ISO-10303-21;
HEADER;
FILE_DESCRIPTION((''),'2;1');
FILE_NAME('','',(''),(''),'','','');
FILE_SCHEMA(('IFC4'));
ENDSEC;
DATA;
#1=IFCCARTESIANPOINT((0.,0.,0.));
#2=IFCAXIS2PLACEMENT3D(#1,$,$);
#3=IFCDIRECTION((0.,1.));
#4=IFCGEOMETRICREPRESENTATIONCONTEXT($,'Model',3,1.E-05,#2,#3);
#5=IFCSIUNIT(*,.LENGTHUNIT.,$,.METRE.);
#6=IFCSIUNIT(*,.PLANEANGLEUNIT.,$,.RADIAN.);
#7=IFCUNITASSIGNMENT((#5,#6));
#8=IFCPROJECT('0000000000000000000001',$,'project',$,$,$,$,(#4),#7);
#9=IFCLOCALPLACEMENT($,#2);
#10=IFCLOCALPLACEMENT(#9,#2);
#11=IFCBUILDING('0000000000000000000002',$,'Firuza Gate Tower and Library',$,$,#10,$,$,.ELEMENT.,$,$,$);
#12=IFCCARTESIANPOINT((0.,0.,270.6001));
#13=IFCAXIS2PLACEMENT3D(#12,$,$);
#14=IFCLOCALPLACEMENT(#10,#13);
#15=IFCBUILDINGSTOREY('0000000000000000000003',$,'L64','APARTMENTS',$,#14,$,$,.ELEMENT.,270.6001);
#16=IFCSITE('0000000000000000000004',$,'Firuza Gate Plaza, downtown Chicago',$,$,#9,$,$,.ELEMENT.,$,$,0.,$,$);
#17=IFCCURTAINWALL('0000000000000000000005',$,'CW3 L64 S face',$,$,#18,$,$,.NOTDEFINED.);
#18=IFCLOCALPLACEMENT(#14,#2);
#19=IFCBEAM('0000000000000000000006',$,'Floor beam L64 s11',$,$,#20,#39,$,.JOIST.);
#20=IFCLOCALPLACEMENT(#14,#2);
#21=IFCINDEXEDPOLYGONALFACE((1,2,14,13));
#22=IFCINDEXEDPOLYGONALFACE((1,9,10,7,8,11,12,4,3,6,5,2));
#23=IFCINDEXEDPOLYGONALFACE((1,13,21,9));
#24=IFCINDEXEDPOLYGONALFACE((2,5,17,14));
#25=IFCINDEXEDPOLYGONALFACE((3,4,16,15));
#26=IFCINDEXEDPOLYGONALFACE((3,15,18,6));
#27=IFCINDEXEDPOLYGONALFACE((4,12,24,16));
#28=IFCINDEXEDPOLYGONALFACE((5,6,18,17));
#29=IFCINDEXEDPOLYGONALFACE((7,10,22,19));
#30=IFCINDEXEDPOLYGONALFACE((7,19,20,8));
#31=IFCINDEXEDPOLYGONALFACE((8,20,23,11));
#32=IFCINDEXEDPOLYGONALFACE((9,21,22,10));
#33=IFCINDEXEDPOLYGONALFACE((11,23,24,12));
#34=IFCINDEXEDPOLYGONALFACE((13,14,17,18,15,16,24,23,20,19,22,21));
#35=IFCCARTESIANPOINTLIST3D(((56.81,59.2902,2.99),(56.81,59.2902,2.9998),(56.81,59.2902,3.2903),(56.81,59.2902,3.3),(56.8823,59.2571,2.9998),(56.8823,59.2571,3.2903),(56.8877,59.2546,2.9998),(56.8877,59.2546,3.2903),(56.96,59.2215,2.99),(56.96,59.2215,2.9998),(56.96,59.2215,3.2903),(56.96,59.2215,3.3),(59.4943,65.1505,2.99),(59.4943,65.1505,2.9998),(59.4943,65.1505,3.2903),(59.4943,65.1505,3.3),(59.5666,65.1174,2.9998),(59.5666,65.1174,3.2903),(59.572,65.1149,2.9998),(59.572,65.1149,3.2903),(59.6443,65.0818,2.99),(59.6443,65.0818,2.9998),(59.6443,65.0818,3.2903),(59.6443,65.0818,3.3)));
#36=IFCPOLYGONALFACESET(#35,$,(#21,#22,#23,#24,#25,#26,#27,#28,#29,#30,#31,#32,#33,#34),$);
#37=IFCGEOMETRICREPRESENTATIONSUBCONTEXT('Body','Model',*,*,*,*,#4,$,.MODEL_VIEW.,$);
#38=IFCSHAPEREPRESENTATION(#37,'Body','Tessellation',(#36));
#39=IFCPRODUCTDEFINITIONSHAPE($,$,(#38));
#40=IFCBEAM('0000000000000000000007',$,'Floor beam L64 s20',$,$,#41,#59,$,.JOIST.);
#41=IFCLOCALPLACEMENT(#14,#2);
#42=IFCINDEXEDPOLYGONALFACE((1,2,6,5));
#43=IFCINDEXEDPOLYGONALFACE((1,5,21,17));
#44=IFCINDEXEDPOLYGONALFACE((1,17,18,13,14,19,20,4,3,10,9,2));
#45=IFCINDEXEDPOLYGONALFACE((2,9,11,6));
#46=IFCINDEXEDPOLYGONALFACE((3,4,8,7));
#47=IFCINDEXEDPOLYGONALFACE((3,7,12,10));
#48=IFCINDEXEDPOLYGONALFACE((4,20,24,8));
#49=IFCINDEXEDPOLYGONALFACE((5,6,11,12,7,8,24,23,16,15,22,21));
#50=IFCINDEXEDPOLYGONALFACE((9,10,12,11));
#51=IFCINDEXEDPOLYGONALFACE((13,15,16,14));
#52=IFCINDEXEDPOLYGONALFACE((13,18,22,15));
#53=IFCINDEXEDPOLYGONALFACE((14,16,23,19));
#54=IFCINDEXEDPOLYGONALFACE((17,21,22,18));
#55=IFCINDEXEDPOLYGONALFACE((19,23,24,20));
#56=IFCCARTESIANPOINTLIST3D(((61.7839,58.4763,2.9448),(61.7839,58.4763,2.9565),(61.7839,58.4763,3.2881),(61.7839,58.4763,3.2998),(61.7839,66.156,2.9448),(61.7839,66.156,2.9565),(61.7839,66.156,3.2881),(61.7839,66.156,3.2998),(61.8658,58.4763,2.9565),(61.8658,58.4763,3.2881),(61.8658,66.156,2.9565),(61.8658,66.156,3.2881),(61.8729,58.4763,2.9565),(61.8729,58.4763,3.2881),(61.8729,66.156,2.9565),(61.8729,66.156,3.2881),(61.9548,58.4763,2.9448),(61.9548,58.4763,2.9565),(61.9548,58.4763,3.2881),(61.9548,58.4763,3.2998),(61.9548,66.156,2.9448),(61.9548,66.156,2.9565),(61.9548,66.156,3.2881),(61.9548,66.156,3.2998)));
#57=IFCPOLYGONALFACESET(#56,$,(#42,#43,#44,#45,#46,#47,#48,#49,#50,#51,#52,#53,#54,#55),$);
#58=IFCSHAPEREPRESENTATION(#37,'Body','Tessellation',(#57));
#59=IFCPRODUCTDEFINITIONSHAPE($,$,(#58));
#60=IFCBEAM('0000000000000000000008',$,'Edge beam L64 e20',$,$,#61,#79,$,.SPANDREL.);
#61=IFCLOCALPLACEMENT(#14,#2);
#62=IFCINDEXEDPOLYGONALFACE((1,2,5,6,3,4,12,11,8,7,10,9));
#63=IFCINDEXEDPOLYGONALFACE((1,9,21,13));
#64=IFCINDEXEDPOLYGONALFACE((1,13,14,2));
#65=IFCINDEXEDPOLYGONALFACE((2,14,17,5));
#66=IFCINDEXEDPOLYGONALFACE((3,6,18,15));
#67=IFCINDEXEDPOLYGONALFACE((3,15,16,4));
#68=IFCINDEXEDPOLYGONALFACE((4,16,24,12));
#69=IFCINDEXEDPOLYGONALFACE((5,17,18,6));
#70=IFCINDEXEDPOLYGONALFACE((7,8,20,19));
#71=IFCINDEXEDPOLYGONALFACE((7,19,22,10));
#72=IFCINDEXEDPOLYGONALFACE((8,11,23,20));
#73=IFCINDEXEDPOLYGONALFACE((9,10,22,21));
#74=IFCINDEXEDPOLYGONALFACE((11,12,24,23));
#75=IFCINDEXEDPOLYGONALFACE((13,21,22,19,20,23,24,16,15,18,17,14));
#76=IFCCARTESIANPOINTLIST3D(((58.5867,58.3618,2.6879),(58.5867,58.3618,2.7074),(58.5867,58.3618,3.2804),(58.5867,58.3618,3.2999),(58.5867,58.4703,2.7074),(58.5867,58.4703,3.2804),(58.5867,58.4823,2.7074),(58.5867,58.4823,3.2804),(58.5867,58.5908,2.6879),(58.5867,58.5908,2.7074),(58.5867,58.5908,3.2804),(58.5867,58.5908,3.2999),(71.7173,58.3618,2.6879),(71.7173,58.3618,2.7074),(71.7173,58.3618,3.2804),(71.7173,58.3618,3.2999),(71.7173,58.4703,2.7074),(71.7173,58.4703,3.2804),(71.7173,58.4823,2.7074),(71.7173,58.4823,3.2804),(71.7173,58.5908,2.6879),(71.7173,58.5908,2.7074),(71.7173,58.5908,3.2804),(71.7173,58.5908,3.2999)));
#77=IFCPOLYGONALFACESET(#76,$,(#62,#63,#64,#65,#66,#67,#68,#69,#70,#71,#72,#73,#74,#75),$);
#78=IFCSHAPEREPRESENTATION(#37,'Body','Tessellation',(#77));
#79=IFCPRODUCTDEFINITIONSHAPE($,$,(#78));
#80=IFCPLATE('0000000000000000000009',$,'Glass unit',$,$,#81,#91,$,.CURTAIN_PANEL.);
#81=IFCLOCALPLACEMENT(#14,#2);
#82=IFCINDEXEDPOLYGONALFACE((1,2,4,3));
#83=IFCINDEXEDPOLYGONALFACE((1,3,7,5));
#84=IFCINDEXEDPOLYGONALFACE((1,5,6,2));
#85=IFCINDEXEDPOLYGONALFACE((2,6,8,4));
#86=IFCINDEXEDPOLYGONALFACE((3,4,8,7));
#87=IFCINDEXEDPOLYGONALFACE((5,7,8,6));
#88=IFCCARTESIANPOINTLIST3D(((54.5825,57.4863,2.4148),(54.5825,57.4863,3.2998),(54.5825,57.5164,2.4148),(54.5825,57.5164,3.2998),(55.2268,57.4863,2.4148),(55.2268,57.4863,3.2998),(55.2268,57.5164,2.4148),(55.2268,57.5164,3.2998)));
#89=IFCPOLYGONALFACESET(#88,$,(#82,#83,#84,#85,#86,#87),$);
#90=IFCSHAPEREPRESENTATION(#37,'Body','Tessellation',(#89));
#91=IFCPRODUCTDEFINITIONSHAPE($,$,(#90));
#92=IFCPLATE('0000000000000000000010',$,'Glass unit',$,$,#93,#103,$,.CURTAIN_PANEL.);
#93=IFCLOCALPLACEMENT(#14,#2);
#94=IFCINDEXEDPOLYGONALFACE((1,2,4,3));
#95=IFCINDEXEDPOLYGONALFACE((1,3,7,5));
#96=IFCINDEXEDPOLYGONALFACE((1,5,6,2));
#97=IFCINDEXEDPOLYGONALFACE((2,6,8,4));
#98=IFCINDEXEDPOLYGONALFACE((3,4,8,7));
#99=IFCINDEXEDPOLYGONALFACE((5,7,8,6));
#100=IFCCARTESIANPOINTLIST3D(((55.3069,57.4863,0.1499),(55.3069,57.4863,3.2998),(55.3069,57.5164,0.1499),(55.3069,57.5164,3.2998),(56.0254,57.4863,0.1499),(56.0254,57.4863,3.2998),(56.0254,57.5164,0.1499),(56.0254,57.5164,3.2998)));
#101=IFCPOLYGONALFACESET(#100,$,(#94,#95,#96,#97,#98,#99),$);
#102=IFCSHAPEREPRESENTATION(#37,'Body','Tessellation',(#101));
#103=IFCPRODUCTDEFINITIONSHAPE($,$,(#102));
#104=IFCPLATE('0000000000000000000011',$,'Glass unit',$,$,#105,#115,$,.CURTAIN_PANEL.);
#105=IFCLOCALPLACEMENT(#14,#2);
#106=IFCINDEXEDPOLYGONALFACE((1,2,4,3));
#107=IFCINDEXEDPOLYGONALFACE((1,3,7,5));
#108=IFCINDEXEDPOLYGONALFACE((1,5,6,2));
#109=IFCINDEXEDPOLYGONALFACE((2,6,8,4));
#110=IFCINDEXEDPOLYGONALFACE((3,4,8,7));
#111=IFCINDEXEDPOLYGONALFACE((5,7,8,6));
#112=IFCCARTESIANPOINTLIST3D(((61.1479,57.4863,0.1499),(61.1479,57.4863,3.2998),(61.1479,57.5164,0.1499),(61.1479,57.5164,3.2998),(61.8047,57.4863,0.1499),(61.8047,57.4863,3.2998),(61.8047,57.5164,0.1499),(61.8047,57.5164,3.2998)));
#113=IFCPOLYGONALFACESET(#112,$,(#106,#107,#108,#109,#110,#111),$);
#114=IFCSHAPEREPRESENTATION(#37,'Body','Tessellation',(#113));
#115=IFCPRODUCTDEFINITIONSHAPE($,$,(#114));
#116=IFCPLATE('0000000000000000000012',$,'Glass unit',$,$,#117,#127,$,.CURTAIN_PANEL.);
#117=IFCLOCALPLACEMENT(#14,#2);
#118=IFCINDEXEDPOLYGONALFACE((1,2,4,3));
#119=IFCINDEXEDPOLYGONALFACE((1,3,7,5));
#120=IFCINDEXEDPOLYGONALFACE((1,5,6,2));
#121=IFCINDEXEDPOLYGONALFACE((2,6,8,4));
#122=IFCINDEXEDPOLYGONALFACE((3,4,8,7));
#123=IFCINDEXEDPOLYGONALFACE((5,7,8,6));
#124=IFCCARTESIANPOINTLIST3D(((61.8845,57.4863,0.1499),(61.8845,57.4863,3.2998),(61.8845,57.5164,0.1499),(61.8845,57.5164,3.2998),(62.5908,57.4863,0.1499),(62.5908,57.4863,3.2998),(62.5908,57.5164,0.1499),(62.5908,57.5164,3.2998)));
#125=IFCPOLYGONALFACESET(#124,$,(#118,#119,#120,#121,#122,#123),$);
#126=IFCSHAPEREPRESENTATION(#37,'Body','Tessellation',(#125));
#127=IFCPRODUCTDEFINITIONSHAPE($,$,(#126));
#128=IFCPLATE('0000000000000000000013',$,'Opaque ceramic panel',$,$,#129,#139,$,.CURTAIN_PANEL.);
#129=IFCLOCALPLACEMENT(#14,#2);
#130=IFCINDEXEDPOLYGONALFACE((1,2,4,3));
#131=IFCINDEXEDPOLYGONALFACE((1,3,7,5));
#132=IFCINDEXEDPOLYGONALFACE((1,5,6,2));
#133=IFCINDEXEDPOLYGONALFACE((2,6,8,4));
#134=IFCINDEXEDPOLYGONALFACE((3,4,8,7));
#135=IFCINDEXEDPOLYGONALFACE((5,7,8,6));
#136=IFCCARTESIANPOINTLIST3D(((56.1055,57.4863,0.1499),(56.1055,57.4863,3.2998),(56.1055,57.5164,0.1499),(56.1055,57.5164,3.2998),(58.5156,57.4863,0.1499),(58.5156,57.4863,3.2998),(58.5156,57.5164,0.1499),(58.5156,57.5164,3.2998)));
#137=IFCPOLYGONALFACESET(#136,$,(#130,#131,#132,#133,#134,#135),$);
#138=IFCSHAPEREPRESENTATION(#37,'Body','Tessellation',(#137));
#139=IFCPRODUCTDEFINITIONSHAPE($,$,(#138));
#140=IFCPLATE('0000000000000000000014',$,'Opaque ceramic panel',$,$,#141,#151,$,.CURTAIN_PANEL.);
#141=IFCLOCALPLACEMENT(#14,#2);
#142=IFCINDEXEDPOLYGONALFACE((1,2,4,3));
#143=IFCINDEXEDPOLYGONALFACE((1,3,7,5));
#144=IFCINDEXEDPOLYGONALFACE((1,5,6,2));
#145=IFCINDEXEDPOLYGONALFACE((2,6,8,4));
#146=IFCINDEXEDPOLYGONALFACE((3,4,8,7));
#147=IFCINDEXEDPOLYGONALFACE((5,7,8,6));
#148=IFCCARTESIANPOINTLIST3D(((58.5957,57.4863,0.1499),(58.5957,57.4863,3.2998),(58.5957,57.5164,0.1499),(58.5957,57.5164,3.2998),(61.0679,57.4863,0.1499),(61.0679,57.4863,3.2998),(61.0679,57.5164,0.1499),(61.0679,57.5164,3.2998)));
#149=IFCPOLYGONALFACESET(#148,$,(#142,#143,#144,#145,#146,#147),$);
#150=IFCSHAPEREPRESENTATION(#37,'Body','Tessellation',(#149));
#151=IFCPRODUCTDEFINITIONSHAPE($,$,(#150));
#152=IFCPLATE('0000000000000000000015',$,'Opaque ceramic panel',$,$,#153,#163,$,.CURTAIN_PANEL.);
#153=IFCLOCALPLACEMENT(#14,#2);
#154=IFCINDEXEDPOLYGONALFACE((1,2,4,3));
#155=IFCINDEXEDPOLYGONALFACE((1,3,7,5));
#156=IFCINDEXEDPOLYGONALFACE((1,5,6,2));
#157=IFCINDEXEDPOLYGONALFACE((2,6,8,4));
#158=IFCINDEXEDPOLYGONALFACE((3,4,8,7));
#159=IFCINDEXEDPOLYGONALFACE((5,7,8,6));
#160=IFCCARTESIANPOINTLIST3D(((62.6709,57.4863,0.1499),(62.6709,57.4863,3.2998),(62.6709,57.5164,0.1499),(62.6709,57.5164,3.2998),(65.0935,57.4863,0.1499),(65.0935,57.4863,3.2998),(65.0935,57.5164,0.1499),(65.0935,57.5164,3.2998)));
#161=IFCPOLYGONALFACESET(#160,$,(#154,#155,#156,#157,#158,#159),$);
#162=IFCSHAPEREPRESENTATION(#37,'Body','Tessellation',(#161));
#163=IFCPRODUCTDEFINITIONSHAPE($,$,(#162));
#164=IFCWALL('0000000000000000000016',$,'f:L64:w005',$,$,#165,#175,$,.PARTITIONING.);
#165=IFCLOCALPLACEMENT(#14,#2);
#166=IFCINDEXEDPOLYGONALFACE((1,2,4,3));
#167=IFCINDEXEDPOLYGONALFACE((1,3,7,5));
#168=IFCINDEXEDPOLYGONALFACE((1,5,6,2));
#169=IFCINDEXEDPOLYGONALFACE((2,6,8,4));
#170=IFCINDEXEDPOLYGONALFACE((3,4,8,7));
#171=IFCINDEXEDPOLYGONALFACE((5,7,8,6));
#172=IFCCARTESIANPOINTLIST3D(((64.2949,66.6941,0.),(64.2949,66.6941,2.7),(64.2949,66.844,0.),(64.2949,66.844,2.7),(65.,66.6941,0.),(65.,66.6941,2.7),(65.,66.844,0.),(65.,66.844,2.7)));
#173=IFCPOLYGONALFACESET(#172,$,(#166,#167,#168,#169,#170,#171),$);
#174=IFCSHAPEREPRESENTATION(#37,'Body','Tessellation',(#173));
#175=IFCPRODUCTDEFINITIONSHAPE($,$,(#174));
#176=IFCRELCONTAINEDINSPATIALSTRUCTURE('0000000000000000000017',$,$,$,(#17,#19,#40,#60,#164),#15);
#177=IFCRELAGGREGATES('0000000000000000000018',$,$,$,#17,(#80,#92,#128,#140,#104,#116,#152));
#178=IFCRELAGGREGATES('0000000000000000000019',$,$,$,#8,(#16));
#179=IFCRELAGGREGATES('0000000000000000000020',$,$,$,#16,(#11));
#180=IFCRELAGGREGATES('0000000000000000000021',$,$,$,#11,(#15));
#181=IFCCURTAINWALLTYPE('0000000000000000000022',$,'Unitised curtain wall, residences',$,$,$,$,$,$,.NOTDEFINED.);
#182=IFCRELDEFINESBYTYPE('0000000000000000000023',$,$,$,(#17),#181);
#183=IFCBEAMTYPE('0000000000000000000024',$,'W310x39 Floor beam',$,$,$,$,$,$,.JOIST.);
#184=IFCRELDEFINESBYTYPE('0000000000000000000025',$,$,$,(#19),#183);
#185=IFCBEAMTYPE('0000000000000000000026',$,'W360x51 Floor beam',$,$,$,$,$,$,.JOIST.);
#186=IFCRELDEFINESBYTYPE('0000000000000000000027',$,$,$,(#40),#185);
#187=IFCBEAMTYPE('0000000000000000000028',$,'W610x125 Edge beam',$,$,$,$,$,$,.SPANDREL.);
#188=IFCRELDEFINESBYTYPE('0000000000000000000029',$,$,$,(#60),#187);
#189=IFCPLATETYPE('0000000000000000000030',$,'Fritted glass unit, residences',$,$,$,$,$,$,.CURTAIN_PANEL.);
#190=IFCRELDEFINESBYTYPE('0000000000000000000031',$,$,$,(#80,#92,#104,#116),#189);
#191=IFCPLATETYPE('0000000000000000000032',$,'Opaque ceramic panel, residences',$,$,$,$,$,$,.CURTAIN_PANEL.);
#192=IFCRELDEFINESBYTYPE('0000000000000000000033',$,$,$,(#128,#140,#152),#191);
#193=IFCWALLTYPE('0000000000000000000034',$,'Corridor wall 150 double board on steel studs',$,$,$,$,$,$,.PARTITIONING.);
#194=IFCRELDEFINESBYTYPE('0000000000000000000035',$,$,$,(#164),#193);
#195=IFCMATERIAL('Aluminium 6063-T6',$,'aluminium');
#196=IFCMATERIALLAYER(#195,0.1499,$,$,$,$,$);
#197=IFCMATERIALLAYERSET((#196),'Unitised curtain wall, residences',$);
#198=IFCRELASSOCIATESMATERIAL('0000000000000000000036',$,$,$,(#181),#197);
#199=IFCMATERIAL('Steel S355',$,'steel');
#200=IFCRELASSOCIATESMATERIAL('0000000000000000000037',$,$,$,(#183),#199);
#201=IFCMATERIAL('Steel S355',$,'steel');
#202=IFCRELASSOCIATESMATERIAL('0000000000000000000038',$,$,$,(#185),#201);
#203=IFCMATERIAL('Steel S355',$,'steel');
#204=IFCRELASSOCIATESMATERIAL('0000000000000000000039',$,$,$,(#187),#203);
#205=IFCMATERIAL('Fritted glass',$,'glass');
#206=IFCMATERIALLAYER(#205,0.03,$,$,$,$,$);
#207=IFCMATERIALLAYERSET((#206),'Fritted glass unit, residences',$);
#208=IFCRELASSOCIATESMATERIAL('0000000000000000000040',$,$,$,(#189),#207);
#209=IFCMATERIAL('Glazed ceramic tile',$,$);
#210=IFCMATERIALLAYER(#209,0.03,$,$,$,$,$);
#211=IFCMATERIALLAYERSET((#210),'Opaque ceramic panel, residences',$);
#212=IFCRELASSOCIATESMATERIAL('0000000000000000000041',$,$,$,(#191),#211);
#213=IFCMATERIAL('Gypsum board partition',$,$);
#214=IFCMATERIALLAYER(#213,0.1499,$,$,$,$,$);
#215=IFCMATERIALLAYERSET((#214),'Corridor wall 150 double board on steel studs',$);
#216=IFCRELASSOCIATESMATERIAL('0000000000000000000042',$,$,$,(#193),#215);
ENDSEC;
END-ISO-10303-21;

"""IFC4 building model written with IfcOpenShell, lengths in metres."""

from ifc_helpers import new_model, si_unit, direction, frame, frame_2d, origin, origin_2d, place, context, subcontext, project, spatial, polyline, rectangle, i_section, outline, extrude, material, layer, layer_set, material_profile, profile_set, type_object, element, aggregate, save


model = new_model("IFC4")

# Units and contexts
model_context = context("Model", 3, precision=1e-05, world=origin(), true_north=direction((0.0, 1.0)))
body_context = subcontext(model_context, "Body", "Model", "MODEL_VIEW")
ifc_project = project(units=[si_unit("LENGTHUNIT", "METRE"), si_unit("PLANEANGLEUNIT", "RADIAN")], contexts=[model_context])

# Site, building, storey
site_placement = place(None, origin())
site = spatial("IfcSite", under=ifc_project, at=site_placement, Name="Firuza Gate Plaza, downtown Chicago", CompositionType="ELEMENT", RefElevation=0.0)
building_placement = place(site_placement, origin())
building = spatial("IfcBuilding", under=site, at=building_placement, Name="Firuza Gate Tower and Library", CompositionType="ELEMENT")
storey_placement = place(building_placement, frame((0.0, 0.0, 270.6001)))
storey = spatial("IfcBuildingStorey", under=building, at=storey_placement, Name="L64", Description="APARTMENTS", CompositionType="ELEMENT", Elevation=270.6001)

# Curtain wall
ifc_material_1 = material(Name="Aluminium 6063-T6", Category="aluminium")
ifc_layer_1 = layer(ifc_material_1, 0.1499)
ifc_layer_set_1 = layer_set([ifc_layer_1], Name="Unitised curtain wall, residences")
curtain_wall_type = type_object("IfcCurtainWallType", Name="Unitised curtain wall, residences", PredefinedType="NOTDEFINED", material=ifc_layer_set_1)
curtain_wall_placement = place(storey_placement, origin())
curtain_wall = element("IfcCurtainWall", 1, at=curtain_wall_placement, inside=storey, type_object=curtain_wall_type, Name="CW3 L64 S face", PredefinedType="NOTDEFINED")

# Beams
ifc_material_2 = material(Name="Steel S355", Category="steel")
ifc_material_profile_1 = material_profile(ifc_material_2, i_section(OverallWidth=0.165, OverallDepth=0.3101, WebThickness=0.0059, FlangeThickness=0.0098, at=origin_2d()))
ifc_profile_set_1 = profile_set([ifc_material_profile_1], Name="Steel S355")
beam_type_1 = type_object("IfcBeamType", Name="W310x39 Floor beam", PredefinedType="JOIST", material=ifc_profile_set_1)
beam_1_placement = place(storey_placement, frame((56.885, 59.2559, 3.145), z_axis=(0.416441, 0.909163, 0.0), x_axis=(-0.909163, 0.416441, 0.0)))
element("IfcBeam", 2, at=beam_1_placement, inside=storey, type_object=beam_type_1, Name="Floor beam L64 s11", PredefinedType="JOIST", context=body_context, shape_type="SweptSolid", body=[
    extrude(i_section(OverallWidth=0.165, OverallDepth=0.3101, WebThickness=0.0059, FlangeThickness=0.0098, at=origin_2d()), origin(), (0.0, 0.0, 1.0), 6.4458),
])
ifc_material_3 = material(Name="Steel S355", Category="steel")
ifc_material_profile_2 = material_profile(ifc_material_3, i_section(OverallWidth=0.1709, OverallDepth=0.355, WebThickness=0.0071, FlangeThickness=0.0117, at=origin_2d()))
ifc_profile_set_2 = profile_set([ifc_material_profile_2], Name="Steel S355")
beam_type_2 = type_object("IfcBeamType", Name="W360x51 Floor beam", PredefinedType="JOIST", material=ifc_profile_set_2)
beam_2_placement = place(storey_placement, frame((61.8694, 58.4763, 3.1223), z_axis=(0.0, 1.0, 0.0), x_axis=(-1.0, 0.0, 0.0)))
element("IfcBeam", 3, at=beam_2_placement, inside=storey, type_object=beam_type_2, Name="Floor beam L64 s20", PredefinedType="JOIST", context=body_context, shape_type="SweptSolid", body=[
    extrude(i_section(OverallWidth=0.1709, OverallDepth=0.355, WebThickness=0.0071, FlangeThickness=0.0117, at=origin_2d()), origin(), (0.0, 0.0, 1.0), 7.6797),
])
ifc_material_4 = material(Name="Steel S355", Category="steel")
ifc_material_profile_3 = material_profile(ifc_material_4, i_section(OverallWidth=0.229, OverallDepth=0.6121, WebThickness=0.012, FlangeThickness=0.0195, at=origin_2d()))
ifc_profile_set_3 = profile_set([ifc_material_profile_3], Name="Steel S355")
beam_type_3 = type_object("IfcBeamType", Name="W610x125 Edge beam", PredefinedType="SPANDREL", material=ifc_profile_set_3)
beam_3_placement = place(storey_placement, frame((58.5867, 58.4763, 2.9939), z_axis=(1.0, 0.0, 0.0), x_axis=(0.0, 1.0, 0.0)))
element("IfcBeam", 4, at=beam_3_placement, inside=storey, type_object=beam_type_3, Name="Edge beam L64 e20", PredefinedType="SPANDREL", context=body_context, shape_type="SweptSolid", body=[
    extrude(i_section(OverallWidth=0.229, OverallDepth=0.6121, WebThickness=0.012, FlangeThickness=0.0195, at=origin_2d()), origin(), (0.0, 0.0, 1.0), 13.1306),
])

# Plates
ifc_material_5 = material(Name="Fritted glass", Category="glass")
ifc_layer_2 = layer(ifc_material_5, 0.03)
ifc_layer_set_2 = layer_set([ifc_layer_2], Name="Fritted glass unit, residences")
plate_type_1 = type_object("IfcPlateType", Name="Fritted glass unit, residences", PredefinedType="CURTAIN_PANEL", material=ifc_layer_set_2)
plate_1_placement = place(storey_placement, frame((54.5825, 57.4863, 2.4148), z_axis=(0.0, -1.0, 0.0), x_axis=(1.0, 0.0, 0.0)))
plate_1 = element("IfcPlate", 5, at=plate_1_placement, type_object=plate_type_1, Name="Glass unit", PredefinedType="CURTAIN_PANEL", context=body_context, shape_type="SweptSolid", body=[
    extrude(outline(polyline([(0.0, 0.0), (0.6443, 0.0), (0.6443, 0.885), (0.0, 0.885), (0.0, 0.0)])), origin(), (0.0, 0.0, -1.0), 0.03),
])
plate_2_placement = place(storey_placement, frame((55.3069, 57.4863, 0.1499), z_axis=(0.0, -1.0, 0.0), x_axis=(1.0, 0.0, 0.0)))
plate_2 = element("IfcPlate", 6, at=plate_2_placement, type_object=plate_type_1, Name="Glass unit", PredefinedType="CURTAIN_PANEL", context=body_context, shape_type="SweptSolid", body=[
    extrude(outline(polyline([(0.0, 0.0), (0.7185, 0.0), (0.7185, 3.1499), (0.0, 3.1499), (0.0, 0.0)])), origin(), (0.0, 0.0, -1.0), 0.03),
])
plate_3_placement = place(storey_placement, frame((61.1479, 57.4863, 0.1499), z_axis=(0.0, -1.0, 0.0), x_axis=(1.0, 0.0, 0.0)))
plate_3 = element("IfcPlate", 7, at=plate_3_placement, type_object=plate_type_1, Name="Glass unit", PredefinedType="CURTAIN_PANEL", context=body_context, shape_type="SweptSolid", body=[
    extrude(outline(polyline([(0.0, 0.0), (0.6567, 0.0), (0.6567, 3.1499), (0.0, 3.1499), (0.0, 0.0)])), origin(), (0.0, 0.0, -1.0), 0.03),
])
plate_4_placement = place(storey_placement, frame((61.8845, 57.4863, 0.1499), z_axis=(0.0, -1.0, 0.0), x_axis=(1.0, 0.0, 0.0)))
plate_4 = element("IfcPlate", 8, at=plate_4_placement, type_object=plate_type_1, Name="Glass unit", PredefinedType="CURTAIN_PANEL", context=body_context, shape_type="SweptSolid", body=[
    extrude(outline(polyline([(0.0, 0.0), (0.7063, 0.0), (0.7063, 3.1499), (0.0, 3.1499), (0.0, 0.0)])), origin(), (0.0, 0.0, -1.0), 0.03),
])
ifc_material_6 = material(Name="Glazed ceramic tile")
ifc_layer_3 = layer(ifc_material_6, 0.03)
ifc_layer_set_3 = layer_set([ifc_layer_3], Name="Opaque ceramic panel, residences")
plate_type_2 = type_object("IfcPlateType", Name="Opaque ceramic panel, residences", PredefinedType="CURTAIN_PANEL", material=ifc_layer_set_3)
plate_5_placement = place(storey_placement, frame((56.1055, 57.4863, 0.1499), z_axis=(0.0, -1.0, 0.0), x_axis=(1.0, 0.0, 0.0)))
plate_5 = element("IfcPlate", 9, at=plate_5_placement, type_object=plate_type_2, Name="Opaque ceramic panel", PredefinedType="CURTAIN_PANEL", context=body_context, shape_type="SweptSolid", body=[
    extrude(outline(polyline([(0.0, 0.0), (2.4102, 0.0), (2.4102, 3.1499), (0.0, 3.1499), (0.0, 0.0)])), origin(), (0.0, 0.0, -1.0), 0.03),
])
plate_6_placement = place(storey_placement, frame((58.5957, 57.4863, 0.1499), z_axis=(0.0, -1.0, 0.0), x_axis=(1.0, 0.0, 0.0)))
plate_6 = element("IfcPlate", 10, at=plate_6_placement, type_object=plate_type_2, Name="Opaque ceramic panel", PredefinedType="CURTAIN_PANEL", context=body_context, shape_type="SweptSolid", body=[
    extrude(outline(polyline([(0.0, 0.0), (2.4722, 0.0), (2.4722, 3.1499), (0.0, 3.1499), (0.0, 0.0)])), origin(), (0.0, 0.0, -1.0), 0.03),
])
plate_7_placement = place(storey_placement, frame((62.6709, 57.4863, 0.1499), z_axis=(0.0, -1.0, 0.0), x_axis=(1.0, 0.0, 0.0)))
plate_7 = element("IfcPlate", 11, at=plate_7_placement, type_object=plate_type_2, Name="Opaque ceramic panel", PredefinedType="CURTAIN_PANEL", context=body_context, shape_type="SweptSolid", body=[
    extrude(outline(polyline([(0.0, 0.0), (2.4226, 0.0), (2.4226, 3.1499), (0.0, 3.1499), (0.0, 0.0)])), origin(), (0.0, 0.0, -1.0), 0.03),
])
aggregate(curtain_wall, [plate_1, plate_2, plate_5, plate_6, plate_3, plate_4, plate_7])

# Wall
ifc_material_7 = material(Name="Gypsum board partition")
ifc_layer_4 = layer(ifc_material_7, 0.1499)
ifc_layer_set_4 = layer_set([ifc_layer_4], Name="Corridor wall 150 double board on steel studs")
wall_type_1 = type_object("IfcWallType", Name="Corridor wall 150 double board on steel studs", PredefinedType="PARTITIONING", material=ifc_layer_set_4)
wall_1_placement = place(storey_placement, frame((64.2949, 66.769, 0.0), z_axis=(0.0, 0.0, 1.0), x_axis=(1.0, 0.0, 0.0)))
element("IfcWall", 12, at=wall_1_placement, inside=storey, type_object=wall_type_1, Name="f:L64:w005", PredefinedType="PARTITIONING", context=body_context, shape_type="SweptSolid", body=[
    extrude(rectangle(XDim=0.7051, YDim=0.1499, at=frame_2d((0.3525, 0.0))), origin(), (0.0, 0.0, 1.0), 2.7),
])

save(model, "model.ifc")
